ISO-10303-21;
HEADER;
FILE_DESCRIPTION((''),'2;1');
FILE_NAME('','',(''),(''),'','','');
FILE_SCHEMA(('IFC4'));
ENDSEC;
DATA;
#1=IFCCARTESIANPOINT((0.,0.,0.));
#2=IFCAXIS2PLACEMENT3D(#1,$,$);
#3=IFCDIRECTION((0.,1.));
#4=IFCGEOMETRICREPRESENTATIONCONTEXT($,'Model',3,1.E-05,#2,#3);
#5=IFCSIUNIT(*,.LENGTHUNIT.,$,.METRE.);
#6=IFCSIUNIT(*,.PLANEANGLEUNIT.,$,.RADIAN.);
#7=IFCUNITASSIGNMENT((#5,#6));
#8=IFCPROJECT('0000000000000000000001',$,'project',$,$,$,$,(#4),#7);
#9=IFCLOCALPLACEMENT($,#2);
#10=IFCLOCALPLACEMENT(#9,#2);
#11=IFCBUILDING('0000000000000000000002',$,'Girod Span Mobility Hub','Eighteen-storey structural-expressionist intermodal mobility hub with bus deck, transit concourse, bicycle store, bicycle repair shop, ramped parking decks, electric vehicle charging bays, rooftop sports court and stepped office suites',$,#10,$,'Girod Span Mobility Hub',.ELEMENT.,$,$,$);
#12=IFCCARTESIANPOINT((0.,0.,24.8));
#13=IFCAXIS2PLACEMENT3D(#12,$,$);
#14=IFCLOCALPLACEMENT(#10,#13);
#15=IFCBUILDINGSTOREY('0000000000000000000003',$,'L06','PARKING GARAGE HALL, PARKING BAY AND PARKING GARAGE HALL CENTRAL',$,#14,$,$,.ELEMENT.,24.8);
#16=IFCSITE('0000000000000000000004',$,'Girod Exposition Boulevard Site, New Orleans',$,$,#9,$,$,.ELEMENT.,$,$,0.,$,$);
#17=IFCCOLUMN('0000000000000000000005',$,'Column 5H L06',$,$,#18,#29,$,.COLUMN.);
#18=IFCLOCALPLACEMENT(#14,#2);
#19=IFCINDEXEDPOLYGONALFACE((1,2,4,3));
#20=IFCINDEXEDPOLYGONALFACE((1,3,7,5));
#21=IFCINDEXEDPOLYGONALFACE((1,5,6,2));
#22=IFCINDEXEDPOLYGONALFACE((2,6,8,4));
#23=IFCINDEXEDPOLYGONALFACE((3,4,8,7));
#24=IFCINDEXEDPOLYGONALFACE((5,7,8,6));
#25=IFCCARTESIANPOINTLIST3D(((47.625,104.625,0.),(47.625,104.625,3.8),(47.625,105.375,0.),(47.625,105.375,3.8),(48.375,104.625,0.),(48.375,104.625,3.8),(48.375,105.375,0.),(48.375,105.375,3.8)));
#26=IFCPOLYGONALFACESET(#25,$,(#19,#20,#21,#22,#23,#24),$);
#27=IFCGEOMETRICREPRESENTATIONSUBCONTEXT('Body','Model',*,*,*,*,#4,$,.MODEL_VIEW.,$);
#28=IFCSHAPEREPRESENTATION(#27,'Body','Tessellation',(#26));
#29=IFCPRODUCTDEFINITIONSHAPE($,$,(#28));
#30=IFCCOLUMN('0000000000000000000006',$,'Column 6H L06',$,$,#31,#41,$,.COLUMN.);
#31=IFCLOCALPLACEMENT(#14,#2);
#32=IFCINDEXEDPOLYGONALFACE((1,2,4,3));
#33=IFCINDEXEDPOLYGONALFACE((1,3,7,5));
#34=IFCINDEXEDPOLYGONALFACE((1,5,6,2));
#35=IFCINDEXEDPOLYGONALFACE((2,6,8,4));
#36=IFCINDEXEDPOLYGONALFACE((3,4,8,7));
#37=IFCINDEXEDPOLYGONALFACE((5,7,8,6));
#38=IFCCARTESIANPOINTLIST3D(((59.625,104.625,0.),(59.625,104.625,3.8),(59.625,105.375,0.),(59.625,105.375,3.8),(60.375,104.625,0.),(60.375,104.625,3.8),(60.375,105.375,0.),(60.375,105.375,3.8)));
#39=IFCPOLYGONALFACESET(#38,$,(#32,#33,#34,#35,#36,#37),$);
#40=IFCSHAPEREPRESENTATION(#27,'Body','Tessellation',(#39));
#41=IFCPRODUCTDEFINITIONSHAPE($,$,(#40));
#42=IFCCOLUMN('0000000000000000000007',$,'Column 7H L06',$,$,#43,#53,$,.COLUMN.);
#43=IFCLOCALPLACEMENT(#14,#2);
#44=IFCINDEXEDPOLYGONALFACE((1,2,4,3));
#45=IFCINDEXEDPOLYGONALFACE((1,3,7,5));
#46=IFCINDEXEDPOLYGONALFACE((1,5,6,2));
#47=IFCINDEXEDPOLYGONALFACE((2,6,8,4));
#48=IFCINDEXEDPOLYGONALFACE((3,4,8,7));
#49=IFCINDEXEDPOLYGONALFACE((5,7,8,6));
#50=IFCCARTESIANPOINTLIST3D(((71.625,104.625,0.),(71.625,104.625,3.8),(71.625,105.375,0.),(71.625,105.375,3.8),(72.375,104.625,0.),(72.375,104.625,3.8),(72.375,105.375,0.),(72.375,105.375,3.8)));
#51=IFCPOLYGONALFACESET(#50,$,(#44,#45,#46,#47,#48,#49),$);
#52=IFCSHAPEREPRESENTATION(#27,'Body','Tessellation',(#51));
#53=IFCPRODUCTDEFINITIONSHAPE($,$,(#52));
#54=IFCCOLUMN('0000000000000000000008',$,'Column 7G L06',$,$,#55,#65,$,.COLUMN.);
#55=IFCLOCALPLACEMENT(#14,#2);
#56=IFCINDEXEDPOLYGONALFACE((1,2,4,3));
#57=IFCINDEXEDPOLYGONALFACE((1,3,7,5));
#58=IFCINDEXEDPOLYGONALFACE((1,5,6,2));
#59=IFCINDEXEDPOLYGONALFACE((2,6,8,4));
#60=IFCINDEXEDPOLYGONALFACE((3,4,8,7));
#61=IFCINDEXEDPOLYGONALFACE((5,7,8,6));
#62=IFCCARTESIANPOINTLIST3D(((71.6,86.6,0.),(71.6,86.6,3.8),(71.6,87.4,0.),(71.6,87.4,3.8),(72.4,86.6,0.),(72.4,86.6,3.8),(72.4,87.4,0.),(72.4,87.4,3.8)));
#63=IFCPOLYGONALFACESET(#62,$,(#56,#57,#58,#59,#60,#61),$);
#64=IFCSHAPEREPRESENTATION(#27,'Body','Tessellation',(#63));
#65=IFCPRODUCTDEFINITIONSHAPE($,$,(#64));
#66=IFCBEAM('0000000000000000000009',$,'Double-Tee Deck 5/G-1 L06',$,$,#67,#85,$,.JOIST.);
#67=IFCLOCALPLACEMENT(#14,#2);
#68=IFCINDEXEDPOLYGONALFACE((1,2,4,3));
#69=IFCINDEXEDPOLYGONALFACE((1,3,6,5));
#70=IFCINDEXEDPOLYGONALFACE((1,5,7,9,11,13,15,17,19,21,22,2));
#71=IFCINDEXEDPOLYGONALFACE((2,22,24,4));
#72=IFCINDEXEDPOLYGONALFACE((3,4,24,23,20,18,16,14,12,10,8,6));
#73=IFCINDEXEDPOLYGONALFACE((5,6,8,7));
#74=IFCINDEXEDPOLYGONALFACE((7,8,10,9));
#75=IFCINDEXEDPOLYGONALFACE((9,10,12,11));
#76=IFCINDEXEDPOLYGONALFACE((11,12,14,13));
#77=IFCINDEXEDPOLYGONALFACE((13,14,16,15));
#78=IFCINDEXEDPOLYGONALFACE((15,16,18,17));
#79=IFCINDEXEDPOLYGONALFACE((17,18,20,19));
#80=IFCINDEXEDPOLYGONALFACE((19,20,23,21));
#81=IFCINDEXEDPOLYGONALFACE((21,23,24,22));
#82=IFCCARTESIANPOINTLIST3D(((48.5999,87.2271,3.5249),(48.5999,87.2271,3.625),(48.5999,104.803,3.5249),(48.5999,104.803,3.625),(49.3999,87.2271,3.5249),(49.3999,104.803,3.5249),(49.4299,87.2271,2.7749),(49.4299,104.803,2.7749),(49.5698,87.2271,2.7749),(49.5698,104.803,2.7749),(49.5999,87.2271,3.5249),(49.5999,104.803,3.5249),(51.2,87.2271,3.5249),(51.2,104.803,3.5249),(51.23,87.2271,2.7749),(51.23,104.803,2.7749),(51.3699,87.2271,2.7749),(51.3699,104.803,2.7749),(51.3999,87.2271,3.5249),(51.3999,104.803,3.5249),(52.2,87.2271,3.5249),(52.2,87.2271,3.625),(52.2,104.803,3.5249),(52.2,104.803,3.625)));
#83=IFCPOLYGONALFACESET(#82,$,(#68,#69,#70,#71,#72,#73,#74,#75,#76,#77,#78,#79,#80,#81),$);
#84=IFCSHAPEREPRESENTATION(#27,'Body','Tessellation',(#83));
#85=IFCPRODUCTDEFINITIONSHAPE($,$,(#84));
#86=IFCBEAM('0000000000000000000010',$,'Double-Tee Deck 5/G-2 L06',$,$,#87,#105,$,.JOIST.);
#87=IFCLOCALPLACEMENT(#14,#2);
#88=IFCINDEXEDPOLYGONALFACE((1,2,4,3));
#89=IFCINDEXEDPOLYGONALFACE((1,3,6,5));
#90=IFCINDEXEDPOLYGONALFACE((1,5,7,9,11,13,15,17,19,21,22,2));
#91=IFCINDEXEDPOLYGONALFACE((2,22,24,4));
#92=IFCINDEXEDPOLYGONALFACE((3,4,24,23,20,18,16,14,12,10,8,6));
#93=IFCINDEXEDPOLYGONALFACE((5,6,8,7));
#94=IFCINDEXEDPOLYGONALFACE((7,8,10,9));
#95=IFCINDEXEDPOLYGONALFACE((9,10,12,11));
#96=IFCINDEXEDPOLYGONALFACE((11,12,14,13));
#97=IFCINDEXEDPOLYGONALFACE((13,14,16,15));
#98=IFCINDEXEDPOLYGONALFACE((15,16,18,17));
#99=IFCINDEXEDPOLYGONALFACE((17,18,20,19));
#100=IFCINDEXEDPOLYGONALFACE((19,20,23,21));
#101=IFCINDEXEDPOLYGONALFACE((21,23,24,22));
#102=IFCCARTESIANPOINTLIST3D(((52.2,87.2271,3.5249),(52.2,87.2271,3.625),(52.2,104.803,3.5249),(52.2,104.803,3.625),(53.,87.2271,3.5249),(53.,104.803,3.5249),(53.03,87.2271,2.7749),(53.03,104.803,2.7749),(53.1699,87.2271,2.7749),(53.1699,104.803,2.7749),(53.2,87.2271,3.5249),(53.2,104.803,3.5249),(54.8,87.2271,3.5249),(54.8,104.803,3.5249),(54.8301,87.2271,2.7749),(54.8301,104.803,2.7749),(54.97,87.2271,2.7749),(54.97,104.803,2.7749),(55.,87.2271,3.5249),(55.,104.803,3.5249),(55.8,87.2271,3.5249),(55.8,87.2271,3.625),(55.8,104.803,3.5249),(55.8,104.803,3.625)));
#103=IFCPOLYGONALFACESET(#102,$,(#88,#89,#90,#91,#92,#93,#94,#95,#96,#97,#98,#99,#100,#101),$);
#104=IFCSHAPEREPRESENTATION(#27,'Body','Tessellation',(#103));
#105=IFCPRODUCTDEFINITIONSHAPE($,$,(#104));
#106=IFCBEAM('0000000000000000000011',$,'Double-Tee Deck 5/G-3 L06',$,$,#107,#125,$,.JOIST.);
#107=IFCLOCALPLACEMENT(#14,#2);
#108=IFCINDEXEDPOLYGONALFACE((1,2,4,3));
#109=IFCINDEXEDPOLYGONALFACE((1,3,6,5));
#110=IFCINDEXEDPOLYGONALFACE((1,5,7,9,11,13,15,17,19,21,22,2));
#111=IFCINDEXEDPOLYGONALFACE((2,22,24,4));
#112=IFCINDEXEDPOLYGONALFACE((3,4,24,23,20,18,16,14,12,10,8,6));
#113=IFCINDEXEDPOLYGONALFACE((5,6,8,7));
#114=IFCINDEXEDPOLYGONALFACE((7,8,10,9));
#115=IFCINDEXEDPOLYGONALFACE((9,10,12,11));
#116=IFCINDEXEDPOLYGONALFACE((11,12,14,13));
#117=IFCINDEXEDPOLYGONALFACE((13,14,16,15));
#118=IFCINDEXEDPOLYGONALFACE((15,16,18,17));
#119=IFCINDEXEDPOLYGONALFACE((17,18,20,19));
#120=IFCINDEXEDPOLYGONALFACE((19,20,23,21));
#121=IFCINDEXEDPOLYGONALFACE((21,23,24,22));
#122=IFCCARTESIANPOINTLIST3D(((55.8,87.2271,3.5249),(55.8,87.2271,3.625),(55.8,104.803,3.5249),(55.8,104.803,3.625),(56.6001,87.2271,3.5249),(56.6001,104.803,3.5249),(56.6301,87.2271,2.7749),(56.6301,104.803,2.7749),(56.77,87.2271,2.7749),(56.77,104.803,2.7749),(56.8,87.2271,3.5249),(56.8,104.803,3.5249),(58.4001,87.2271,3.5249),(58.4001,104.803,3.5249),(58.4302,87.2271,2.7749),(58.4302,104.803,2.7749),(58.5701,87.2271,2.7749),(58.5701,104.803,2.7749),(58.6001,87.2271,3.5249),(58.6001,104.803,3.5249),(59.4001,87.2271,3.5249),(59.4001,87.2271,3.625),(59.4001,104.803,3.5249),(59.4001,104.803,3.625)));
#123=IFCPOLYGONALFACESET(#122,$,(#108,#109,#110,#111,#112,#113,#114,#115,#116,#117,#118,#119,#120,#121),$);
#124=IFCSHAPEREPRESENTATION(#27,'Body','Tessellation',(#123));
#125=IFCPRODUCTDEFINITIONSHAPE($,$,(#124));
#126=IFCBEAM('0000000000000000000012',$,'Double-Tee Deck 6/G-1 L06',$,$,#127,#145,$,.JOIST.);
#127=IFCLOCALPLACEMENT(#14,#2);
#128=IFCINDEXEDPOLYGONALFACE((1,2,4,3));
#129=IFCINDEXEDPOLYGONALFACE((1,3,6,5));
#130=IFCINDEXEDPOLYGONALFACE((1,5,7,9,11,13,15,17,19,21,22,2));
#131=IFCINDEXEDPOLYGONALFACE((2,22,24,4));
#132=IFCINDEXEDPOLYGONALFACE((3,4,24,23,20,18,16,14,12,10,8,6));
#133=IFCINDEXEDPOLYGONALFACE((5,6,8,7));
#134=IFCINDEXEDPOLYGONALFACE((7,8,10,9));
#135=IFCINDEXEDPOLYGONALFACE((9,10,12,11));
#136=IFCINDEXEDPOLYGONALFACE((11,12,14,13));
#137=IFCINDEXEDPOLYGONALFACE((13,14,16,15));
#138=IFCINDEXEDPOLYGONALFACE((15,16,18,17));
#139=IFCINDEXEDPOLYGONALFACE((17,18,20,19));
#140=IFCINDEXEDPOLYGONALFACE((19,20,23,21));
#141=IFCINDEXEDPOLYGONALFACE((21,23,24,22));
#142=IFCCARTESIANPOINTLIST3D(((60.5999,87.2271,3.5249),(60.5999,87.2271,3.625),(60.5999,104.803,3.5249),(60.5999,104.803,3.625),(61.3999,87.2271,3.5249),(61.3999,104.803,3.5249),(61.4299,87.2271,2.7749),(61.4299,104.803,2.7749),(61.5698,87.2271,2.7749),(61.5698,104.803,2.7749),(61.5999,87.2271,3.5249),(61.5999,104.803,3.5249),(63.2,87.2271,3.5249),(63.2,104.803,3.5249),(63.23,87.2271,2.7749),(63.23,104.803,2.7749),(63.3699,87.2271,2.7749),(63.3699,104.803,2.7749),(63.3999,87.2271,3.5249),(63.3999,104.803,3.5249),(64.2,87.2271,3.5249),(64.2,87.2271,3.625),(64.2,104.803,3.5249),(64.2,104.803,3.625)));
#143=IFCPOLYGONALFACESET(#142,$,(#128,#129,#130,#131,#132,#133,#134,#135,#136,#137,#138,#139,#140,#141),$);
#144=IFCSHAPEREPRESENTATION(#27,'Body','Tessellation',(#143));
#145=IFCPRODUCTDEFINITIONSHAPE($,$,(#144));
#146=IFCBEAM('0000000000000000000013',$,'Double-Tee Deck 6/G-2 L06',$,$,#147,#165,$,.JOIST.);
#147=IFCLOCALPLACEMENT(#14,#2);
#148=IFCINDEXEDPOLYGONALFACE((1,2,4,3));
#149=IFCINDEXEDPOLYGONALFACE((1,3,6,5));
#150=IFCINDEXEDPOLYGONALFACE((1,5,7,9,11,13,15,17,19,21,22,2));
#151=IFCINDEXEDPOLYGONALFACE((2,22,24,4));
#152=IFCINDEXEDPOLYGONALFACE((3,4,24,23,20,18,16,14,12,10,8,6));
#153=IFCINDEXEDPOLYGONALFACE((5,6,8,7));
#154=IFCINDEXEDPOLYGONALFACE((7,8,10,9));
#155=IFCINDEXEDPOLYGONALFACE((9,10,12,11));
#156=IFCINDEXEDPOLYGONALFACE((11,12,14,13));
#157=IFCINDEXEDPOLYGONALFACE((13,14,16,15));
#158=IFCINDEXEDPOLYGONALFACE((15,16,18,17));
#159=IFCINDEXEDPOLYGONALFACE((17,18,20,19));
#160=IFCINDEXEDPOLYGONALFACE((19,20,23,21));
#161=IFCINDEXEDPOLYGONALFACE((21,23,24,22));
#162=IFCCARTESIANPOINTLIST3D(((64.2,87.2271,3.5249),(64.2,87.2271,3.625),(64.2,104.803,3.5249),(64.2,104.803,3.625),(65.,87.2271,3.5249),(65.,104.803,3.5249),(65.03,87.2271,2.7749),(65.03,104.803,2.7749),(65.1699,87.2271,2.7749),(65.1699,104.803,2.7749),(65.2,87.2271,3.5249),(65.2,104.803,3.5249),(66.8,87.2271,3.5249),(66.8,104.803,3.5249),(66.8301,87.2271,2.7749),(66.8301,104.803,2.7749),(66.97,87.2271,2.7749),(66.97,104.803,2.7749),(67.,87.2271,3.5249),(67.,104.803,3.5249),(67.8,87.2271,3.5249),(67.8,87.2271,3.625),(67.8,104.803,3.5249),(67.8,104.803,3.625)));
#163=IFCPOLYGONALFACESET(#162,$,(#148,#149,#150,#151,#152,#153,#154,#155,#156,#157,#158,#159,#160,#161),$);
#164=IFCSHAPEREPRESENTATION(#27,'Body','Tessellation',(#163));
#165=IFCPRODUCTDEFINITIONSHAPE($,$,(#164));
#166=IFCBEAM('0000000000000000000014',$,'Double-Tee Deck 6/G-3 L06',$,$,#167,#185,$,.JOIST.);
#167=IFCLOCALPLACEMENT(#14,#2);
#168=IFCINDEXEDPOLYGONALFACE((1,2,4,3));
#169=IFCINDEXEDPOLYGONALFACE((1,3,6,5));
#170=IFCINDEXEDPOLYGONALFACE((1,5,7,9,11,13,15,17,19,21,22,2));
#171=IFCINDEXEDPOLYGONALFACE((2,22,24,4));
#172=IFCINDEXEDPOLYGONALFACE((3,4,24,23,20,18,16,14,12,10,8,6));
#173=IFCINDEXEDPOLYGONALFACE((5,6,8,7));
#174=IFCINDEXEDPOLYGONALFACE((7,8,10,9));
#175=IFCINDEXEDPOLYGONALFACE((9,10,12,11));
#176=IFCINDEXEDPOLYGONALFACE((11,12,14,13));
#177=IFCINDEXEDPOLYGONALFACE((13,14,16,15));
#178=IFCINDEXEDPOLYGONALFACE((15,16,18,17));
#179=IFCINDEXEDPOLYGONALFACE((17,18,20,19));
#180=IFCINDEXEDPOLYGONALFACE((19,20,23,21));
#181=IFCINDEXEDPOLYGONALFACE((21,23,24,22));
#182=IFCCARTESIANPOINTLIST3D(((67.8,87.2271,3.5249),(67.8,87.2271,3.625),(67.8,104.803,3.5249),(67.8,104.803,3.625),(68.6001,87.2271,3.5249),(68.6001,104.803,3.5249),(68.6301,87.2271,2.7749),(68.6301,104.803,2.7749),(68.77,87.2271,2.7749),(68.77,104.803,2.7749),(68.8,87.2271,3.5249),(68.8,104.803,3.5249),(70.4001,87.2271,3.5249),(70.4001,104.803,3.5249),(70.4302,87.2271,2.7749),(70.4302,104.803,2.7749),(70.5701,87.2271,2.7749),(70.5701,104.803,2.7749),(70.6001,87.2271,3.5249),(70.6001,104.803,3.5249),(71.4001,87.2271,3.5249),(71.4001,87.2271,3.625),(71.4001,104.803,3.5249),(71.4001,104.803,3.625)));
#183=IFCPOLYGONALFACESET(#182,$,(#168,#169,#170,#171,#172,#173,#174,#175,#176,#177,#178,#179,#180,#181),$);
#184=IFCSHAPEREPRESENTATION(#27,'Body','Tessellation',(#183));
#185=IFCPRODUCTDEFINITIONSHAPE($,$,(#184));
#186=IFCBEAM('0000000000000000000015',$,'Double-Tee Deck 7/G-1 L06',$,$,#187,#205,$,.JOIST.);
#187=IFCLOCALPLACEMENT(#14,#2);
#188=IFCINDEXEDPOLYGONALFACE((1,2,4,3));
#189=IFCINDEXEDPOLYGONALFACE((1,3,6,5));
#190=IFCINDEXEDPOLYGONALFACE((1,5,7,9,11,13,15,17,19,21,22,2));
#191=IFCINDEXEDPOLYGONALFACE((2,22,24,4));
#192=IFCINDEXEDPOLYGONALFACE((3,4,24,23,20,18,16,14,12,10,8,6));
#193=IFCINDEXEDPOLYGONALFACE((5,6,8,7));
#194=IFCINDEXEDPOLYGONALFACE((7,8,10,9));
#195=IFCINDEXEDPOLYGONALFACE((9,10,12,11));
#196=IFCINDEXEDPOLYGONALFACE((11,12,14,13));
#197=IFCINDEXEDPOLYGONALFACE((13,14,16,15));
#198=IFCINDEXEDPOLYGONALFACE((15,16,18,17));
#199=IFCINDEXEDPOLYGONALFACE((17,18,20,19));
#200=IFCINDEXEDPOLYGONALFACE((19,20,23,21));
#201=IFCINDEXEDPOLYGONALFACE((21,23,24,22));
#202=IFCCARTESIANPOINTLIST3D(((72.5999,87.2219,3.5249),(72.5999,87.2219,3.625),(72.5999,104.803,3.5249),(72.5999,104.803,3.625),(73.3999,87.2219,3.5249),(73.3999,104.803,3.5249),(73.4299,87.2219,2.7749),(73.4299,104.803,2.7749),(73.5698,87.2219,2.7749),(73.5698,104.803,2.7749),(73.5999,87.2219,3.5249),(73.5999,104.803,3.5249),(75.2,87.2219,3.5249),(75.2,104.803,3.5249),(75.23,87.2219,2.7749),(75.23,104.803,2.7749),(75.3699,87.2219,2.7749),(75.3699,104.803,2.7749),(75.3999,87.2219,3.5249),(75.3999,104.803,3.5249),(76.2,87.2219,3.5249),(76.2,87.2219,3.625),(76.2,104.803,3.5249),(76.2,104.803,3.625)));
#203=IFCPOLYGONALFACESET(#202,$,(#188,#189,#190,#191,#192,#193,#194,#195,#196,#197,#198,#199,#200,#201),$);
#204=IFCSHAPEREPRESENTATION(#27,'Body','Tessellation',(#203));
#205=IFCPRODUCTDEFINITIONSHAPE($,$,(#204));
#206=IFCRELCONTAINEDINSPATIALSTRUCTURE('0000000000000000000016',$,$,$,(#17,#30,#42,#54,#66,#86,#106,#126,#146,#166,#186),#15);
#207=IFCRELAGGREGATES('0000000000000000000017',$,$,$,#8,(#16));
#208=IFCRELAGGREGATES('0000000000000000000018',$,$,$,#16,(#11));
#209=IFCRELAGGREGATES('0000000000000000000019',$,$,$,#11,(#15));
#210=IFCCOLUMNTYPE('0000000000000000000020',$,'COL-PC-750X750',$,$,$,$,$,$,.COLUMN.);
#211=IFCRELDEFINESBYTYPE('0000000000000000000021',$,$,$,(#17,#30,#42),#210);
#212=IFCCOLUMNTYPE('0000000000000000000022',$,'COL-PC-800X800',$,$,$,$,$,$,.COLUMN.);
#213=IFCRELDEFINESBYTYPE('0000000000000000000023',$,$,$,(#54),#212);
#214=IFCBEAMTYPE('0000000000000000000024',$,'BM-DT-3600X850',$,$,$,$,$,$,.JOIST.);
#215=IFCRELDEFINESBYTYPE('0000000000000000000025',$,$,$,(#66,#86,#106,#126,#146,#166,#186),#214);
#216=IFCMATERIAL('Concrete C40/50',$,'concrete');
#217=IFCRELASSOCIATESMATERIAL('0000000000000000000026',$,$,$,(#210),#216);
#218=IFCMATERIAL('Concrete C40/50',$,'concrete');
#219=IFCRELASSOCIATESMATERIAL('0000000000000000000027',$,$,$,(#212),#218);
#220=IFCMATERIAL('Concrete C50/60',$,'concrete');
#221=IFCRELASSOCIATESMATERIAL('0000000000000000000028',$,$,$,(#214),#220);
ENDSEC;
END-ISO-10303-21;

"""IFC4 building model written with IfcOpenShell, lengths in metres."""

from ifc_helpers import new_model, si_unit, direction, frame, origin, origin_2d, place, context, subcontext, project, spatial, polyline, rectangle, outline, extrude, material, material_profile, profile_set, type_object, element, save


model = new_model("IFC4")

# Units and contexts
model_context = context("Model", 3, precision=1e-05, world=origin(), true_north=direction((0.0, 1.0)))
body_context = subcontext(model_context, "Body", "Model", "MODEL_VIEW")
ifc_project = project(units=[si_unit("LENGTHUNIT", "METRE"), si_unit("PLANEANGLEUNIT", "RADIAN")], contexts=[model_context])

# Site, building, storey
site_placement = place(None, origin())
site = spatial("IfcSite", under=ifc_project, at=site_placement, Name="Girod Exposition Boulevard Site, New Orleans", CompositionType="ELEMENT", RefElevation=0.0)
building_placement = place(site_placement, origin())
building = spatial("IfcBuilding", under=site, at=building_placement, Name="Girod Span Mobility Hub", Description="Eighteen-storey structural-expressionist intermodal mobility hub with bus deck, transit concourse, bicycle store, bicycle repair shop, ramped parking decks, electric vehicle charging bays, rooftop sports court and stepped office suites", LongName="Girod Span Mobility Hub", CompositionType="ELEMENT")
storey_placement = place(building_placement, frame((0.0, 0.0, 24.8)))
storey = spatial("IfcBuildingStorey", under=building, at=storey_placement, Name="L06", Description="PARKING GARAGE HALL, PARKING BAY AND PARKING GARAGE HALL CENTRAL", CompositionType="ELEMENT", Elevation=24.8)

# Columns
ifc_material_1 = material(Name="Concrete C40/50", Category="concrete")
ifc_material_profile_1 = material_profile(ifc_material_1, rectangle(XDim=0.75, YDim=0.75, at=origin_2d()), Name="PC-COL-750X750")
ifc_profile_set_1 = profile_set([ifc_material_profile_1], Name="Concrete C40/50")
column_type_1 = type_object("IfcColumnType", Name="COL-PC-750X750", PredefinedType="COLUMN", material=ifc_profile_set_1)
for number, where, z_axis, x_axis, name in (
    (1, (48.0, 105.0, 0.0), (0.0, 0.0, 1.0), (1.0, 0.0, 0.0), "Column 5H L06"),
    (2, (60.0, 105.0, 0.0), (0.0, 0.0, 1.0), (1.0, 0.0, 0.0), "Column 6H L06"),
    (3, (72.0, 105.0, 0.0), (0.0, 0.0, 1.0), (1.0, 0.0, 0.0), "Column 7H L06"),
):
    element("IfcColumn", number, at=place(storey_placement, frame(where, z_axis=z_axis, x_axis=x_axis)), inside=storey, type_object=column_type_1, Name=name, PredefinedType="COLUMN", context=body_context, shape_type="SweptSolid", body=[
        extrude(rectangle(XDim=0.75, YDim=0.75, at=origin_2d()), origin(), (0.0, 0.0, 1.0), 3.8),
    ])
ifc_material_2 = material(Name="Concrete C40/50", Category="concrete")
ifc_material_profile_2 = material_profile(ifc_material_2, rectangle(XDim=0.8, YDim=0.8, at=origin_2d()), Name="PC-COL-800X800")
ifc_profile_set_2 = profile_set([ifc_material_profile_2], Name="Concrete C40/50")
column_type_2 = type_object("IfcColumnType", Name="COL-PC-800X800", PredefinedType="COLUMN", material=ifc_profile_set_2)
column_placement = place(storey_placement, frame((72.0, 87.0, 0.0), z_axis=(0.0, 0.0, 1.0), x_axis=(1.0, 0.0, 0.0)))
element("IfcColumn", 4, at=column_placement, inside=storey, type_object=column_type_2, Name="Column 7G L06", PredefinedType="COLUMN", context=body_context, shape_type="SweptSolid", body=[
    extrude(rectangle(XDim=0.8, YDim=0.8, at=origin_2d()), origin(), (0.0, 0.0, 1.0), 3.8),
])

# Beams
ifc_material_3 = material(Name="Concrete C50/60", Category="concrete")
ifc_material_profile_3 = material_profile(ifc_material_3, outline(polyline([(-1.8, 0.425), (-1.8, 0.325), (-1.0, 0.325), (-0.97, -0.425), (-0.8301, -0.425), (-0.8, 0.325), (0.8, 0.325), (0.8301, -0.425), (0.97, -0.425), (1.0, 0.325), (1.8, 0.325), (1.8, 0.425), (-1.8, 0.425)])), Name="DT-3600X850")
ifc_profile_set_3 = profile_set([ifc_material_profile_3], Name="Concrete C50/60")
beam_type_1 = type_object("IfcBeamType", Name="BM-DT-3600X850", PredefinedType="JOIST", material=ifc_profile_set_3)
for number, where, z_axis, x_axis, name in (
    (5, (50.3999, 87.2271, 3.2), (0.0, 1.0, 0.0), (-1.0, 0.0, 0.0), "Double-Tee Deck 5/G-1 L06"),
    (6, (54.0, 87.2271, 3.2), (0.0, 1.0, 0.0), (-1.0, 0.0, 0.0), "Double-Tee Deck 5/G-2 L06"),
    (7, (57.6001, 87.2271, 3.2), (0.0, 1.0, 0.0), (-1.0, 0.0, 0.0), "Double-Tee Deck 5/G-3 L06"),
    (8, (62.3999, 87.2271, 3.2), (0.0, 1.0, 0.0), (-1.0, 0.0, 0.0), "Double-Tee Deck 6/G-1 L06"),
    (9, (66.0, 87.2271, 3.2), (0.0, 1.0, 0.0), (-1.0, 0.0, 0.0), "Double-Tee Deck 6/G-2 L06"),
    (10, (69.6001, 87.2271, 3.2), (0.0, 1.0, 0.0), (-1.0, 0.0, 0.0), "Double-Tee Deck 6/G-3 L06"),
):
    element("IfcBeam", number, at=place(storey_placement, frame(where, z_axis=z_axis, x_axis=x_axis)), inside=storey, type_object=beam_type_1, Name=name, PredefinedType="JOIST", context=body_context, shape_type="SweptSolid", body=[
        extrude(outline(polyline([(-1.8, 0.425), (-1.8, 0.325), (-1.0, 0.325), (-0.97, -0.425), (-0.8301, -0.425), (-0.8, 0.325), (0.8, 0.325), (0.8301, -0.425), (0.97, -0.425), (1.0, 0.325), (1.8, 0.325), (1.8, 0.425), (-1.8, 0.425)])), origin(), (0.0, 0.0, 1.0), 17.5759),
    ])
beam_placement = place(storey_placement, frame((74.3999, 87.2219, 3.2), z_axis=(0.0, 1.0, 0.0), x_axis=(-1.0, 0.0, 0.0)))
element("IfcBeam", 11, at=beam_placement, inside=storey, type_object=beam_type_1, Name="Double-Tee Deck 7/G-1 L06", PredefinedType="JOIST", context=body_context, shape_type="SweptSolid", body=[
    extrude(outline(polyline([(-1.8, 0.425), (-1.8, 0.325), (-1.0, 0.325), (-0.97, -0.425), (-0.8301, -0.425), (-0.8, 0.325), (0.8, 0.325), (0.8301, -0.425), (0.97, -0.425), (1.0, 0.325), (1.8, 0.325), (1.8, 0.425), (-1.8, 0.425)])), origin(), (0.0, 0.0, 1.0), 17.5811),
])

save(model, "model.ifc")
